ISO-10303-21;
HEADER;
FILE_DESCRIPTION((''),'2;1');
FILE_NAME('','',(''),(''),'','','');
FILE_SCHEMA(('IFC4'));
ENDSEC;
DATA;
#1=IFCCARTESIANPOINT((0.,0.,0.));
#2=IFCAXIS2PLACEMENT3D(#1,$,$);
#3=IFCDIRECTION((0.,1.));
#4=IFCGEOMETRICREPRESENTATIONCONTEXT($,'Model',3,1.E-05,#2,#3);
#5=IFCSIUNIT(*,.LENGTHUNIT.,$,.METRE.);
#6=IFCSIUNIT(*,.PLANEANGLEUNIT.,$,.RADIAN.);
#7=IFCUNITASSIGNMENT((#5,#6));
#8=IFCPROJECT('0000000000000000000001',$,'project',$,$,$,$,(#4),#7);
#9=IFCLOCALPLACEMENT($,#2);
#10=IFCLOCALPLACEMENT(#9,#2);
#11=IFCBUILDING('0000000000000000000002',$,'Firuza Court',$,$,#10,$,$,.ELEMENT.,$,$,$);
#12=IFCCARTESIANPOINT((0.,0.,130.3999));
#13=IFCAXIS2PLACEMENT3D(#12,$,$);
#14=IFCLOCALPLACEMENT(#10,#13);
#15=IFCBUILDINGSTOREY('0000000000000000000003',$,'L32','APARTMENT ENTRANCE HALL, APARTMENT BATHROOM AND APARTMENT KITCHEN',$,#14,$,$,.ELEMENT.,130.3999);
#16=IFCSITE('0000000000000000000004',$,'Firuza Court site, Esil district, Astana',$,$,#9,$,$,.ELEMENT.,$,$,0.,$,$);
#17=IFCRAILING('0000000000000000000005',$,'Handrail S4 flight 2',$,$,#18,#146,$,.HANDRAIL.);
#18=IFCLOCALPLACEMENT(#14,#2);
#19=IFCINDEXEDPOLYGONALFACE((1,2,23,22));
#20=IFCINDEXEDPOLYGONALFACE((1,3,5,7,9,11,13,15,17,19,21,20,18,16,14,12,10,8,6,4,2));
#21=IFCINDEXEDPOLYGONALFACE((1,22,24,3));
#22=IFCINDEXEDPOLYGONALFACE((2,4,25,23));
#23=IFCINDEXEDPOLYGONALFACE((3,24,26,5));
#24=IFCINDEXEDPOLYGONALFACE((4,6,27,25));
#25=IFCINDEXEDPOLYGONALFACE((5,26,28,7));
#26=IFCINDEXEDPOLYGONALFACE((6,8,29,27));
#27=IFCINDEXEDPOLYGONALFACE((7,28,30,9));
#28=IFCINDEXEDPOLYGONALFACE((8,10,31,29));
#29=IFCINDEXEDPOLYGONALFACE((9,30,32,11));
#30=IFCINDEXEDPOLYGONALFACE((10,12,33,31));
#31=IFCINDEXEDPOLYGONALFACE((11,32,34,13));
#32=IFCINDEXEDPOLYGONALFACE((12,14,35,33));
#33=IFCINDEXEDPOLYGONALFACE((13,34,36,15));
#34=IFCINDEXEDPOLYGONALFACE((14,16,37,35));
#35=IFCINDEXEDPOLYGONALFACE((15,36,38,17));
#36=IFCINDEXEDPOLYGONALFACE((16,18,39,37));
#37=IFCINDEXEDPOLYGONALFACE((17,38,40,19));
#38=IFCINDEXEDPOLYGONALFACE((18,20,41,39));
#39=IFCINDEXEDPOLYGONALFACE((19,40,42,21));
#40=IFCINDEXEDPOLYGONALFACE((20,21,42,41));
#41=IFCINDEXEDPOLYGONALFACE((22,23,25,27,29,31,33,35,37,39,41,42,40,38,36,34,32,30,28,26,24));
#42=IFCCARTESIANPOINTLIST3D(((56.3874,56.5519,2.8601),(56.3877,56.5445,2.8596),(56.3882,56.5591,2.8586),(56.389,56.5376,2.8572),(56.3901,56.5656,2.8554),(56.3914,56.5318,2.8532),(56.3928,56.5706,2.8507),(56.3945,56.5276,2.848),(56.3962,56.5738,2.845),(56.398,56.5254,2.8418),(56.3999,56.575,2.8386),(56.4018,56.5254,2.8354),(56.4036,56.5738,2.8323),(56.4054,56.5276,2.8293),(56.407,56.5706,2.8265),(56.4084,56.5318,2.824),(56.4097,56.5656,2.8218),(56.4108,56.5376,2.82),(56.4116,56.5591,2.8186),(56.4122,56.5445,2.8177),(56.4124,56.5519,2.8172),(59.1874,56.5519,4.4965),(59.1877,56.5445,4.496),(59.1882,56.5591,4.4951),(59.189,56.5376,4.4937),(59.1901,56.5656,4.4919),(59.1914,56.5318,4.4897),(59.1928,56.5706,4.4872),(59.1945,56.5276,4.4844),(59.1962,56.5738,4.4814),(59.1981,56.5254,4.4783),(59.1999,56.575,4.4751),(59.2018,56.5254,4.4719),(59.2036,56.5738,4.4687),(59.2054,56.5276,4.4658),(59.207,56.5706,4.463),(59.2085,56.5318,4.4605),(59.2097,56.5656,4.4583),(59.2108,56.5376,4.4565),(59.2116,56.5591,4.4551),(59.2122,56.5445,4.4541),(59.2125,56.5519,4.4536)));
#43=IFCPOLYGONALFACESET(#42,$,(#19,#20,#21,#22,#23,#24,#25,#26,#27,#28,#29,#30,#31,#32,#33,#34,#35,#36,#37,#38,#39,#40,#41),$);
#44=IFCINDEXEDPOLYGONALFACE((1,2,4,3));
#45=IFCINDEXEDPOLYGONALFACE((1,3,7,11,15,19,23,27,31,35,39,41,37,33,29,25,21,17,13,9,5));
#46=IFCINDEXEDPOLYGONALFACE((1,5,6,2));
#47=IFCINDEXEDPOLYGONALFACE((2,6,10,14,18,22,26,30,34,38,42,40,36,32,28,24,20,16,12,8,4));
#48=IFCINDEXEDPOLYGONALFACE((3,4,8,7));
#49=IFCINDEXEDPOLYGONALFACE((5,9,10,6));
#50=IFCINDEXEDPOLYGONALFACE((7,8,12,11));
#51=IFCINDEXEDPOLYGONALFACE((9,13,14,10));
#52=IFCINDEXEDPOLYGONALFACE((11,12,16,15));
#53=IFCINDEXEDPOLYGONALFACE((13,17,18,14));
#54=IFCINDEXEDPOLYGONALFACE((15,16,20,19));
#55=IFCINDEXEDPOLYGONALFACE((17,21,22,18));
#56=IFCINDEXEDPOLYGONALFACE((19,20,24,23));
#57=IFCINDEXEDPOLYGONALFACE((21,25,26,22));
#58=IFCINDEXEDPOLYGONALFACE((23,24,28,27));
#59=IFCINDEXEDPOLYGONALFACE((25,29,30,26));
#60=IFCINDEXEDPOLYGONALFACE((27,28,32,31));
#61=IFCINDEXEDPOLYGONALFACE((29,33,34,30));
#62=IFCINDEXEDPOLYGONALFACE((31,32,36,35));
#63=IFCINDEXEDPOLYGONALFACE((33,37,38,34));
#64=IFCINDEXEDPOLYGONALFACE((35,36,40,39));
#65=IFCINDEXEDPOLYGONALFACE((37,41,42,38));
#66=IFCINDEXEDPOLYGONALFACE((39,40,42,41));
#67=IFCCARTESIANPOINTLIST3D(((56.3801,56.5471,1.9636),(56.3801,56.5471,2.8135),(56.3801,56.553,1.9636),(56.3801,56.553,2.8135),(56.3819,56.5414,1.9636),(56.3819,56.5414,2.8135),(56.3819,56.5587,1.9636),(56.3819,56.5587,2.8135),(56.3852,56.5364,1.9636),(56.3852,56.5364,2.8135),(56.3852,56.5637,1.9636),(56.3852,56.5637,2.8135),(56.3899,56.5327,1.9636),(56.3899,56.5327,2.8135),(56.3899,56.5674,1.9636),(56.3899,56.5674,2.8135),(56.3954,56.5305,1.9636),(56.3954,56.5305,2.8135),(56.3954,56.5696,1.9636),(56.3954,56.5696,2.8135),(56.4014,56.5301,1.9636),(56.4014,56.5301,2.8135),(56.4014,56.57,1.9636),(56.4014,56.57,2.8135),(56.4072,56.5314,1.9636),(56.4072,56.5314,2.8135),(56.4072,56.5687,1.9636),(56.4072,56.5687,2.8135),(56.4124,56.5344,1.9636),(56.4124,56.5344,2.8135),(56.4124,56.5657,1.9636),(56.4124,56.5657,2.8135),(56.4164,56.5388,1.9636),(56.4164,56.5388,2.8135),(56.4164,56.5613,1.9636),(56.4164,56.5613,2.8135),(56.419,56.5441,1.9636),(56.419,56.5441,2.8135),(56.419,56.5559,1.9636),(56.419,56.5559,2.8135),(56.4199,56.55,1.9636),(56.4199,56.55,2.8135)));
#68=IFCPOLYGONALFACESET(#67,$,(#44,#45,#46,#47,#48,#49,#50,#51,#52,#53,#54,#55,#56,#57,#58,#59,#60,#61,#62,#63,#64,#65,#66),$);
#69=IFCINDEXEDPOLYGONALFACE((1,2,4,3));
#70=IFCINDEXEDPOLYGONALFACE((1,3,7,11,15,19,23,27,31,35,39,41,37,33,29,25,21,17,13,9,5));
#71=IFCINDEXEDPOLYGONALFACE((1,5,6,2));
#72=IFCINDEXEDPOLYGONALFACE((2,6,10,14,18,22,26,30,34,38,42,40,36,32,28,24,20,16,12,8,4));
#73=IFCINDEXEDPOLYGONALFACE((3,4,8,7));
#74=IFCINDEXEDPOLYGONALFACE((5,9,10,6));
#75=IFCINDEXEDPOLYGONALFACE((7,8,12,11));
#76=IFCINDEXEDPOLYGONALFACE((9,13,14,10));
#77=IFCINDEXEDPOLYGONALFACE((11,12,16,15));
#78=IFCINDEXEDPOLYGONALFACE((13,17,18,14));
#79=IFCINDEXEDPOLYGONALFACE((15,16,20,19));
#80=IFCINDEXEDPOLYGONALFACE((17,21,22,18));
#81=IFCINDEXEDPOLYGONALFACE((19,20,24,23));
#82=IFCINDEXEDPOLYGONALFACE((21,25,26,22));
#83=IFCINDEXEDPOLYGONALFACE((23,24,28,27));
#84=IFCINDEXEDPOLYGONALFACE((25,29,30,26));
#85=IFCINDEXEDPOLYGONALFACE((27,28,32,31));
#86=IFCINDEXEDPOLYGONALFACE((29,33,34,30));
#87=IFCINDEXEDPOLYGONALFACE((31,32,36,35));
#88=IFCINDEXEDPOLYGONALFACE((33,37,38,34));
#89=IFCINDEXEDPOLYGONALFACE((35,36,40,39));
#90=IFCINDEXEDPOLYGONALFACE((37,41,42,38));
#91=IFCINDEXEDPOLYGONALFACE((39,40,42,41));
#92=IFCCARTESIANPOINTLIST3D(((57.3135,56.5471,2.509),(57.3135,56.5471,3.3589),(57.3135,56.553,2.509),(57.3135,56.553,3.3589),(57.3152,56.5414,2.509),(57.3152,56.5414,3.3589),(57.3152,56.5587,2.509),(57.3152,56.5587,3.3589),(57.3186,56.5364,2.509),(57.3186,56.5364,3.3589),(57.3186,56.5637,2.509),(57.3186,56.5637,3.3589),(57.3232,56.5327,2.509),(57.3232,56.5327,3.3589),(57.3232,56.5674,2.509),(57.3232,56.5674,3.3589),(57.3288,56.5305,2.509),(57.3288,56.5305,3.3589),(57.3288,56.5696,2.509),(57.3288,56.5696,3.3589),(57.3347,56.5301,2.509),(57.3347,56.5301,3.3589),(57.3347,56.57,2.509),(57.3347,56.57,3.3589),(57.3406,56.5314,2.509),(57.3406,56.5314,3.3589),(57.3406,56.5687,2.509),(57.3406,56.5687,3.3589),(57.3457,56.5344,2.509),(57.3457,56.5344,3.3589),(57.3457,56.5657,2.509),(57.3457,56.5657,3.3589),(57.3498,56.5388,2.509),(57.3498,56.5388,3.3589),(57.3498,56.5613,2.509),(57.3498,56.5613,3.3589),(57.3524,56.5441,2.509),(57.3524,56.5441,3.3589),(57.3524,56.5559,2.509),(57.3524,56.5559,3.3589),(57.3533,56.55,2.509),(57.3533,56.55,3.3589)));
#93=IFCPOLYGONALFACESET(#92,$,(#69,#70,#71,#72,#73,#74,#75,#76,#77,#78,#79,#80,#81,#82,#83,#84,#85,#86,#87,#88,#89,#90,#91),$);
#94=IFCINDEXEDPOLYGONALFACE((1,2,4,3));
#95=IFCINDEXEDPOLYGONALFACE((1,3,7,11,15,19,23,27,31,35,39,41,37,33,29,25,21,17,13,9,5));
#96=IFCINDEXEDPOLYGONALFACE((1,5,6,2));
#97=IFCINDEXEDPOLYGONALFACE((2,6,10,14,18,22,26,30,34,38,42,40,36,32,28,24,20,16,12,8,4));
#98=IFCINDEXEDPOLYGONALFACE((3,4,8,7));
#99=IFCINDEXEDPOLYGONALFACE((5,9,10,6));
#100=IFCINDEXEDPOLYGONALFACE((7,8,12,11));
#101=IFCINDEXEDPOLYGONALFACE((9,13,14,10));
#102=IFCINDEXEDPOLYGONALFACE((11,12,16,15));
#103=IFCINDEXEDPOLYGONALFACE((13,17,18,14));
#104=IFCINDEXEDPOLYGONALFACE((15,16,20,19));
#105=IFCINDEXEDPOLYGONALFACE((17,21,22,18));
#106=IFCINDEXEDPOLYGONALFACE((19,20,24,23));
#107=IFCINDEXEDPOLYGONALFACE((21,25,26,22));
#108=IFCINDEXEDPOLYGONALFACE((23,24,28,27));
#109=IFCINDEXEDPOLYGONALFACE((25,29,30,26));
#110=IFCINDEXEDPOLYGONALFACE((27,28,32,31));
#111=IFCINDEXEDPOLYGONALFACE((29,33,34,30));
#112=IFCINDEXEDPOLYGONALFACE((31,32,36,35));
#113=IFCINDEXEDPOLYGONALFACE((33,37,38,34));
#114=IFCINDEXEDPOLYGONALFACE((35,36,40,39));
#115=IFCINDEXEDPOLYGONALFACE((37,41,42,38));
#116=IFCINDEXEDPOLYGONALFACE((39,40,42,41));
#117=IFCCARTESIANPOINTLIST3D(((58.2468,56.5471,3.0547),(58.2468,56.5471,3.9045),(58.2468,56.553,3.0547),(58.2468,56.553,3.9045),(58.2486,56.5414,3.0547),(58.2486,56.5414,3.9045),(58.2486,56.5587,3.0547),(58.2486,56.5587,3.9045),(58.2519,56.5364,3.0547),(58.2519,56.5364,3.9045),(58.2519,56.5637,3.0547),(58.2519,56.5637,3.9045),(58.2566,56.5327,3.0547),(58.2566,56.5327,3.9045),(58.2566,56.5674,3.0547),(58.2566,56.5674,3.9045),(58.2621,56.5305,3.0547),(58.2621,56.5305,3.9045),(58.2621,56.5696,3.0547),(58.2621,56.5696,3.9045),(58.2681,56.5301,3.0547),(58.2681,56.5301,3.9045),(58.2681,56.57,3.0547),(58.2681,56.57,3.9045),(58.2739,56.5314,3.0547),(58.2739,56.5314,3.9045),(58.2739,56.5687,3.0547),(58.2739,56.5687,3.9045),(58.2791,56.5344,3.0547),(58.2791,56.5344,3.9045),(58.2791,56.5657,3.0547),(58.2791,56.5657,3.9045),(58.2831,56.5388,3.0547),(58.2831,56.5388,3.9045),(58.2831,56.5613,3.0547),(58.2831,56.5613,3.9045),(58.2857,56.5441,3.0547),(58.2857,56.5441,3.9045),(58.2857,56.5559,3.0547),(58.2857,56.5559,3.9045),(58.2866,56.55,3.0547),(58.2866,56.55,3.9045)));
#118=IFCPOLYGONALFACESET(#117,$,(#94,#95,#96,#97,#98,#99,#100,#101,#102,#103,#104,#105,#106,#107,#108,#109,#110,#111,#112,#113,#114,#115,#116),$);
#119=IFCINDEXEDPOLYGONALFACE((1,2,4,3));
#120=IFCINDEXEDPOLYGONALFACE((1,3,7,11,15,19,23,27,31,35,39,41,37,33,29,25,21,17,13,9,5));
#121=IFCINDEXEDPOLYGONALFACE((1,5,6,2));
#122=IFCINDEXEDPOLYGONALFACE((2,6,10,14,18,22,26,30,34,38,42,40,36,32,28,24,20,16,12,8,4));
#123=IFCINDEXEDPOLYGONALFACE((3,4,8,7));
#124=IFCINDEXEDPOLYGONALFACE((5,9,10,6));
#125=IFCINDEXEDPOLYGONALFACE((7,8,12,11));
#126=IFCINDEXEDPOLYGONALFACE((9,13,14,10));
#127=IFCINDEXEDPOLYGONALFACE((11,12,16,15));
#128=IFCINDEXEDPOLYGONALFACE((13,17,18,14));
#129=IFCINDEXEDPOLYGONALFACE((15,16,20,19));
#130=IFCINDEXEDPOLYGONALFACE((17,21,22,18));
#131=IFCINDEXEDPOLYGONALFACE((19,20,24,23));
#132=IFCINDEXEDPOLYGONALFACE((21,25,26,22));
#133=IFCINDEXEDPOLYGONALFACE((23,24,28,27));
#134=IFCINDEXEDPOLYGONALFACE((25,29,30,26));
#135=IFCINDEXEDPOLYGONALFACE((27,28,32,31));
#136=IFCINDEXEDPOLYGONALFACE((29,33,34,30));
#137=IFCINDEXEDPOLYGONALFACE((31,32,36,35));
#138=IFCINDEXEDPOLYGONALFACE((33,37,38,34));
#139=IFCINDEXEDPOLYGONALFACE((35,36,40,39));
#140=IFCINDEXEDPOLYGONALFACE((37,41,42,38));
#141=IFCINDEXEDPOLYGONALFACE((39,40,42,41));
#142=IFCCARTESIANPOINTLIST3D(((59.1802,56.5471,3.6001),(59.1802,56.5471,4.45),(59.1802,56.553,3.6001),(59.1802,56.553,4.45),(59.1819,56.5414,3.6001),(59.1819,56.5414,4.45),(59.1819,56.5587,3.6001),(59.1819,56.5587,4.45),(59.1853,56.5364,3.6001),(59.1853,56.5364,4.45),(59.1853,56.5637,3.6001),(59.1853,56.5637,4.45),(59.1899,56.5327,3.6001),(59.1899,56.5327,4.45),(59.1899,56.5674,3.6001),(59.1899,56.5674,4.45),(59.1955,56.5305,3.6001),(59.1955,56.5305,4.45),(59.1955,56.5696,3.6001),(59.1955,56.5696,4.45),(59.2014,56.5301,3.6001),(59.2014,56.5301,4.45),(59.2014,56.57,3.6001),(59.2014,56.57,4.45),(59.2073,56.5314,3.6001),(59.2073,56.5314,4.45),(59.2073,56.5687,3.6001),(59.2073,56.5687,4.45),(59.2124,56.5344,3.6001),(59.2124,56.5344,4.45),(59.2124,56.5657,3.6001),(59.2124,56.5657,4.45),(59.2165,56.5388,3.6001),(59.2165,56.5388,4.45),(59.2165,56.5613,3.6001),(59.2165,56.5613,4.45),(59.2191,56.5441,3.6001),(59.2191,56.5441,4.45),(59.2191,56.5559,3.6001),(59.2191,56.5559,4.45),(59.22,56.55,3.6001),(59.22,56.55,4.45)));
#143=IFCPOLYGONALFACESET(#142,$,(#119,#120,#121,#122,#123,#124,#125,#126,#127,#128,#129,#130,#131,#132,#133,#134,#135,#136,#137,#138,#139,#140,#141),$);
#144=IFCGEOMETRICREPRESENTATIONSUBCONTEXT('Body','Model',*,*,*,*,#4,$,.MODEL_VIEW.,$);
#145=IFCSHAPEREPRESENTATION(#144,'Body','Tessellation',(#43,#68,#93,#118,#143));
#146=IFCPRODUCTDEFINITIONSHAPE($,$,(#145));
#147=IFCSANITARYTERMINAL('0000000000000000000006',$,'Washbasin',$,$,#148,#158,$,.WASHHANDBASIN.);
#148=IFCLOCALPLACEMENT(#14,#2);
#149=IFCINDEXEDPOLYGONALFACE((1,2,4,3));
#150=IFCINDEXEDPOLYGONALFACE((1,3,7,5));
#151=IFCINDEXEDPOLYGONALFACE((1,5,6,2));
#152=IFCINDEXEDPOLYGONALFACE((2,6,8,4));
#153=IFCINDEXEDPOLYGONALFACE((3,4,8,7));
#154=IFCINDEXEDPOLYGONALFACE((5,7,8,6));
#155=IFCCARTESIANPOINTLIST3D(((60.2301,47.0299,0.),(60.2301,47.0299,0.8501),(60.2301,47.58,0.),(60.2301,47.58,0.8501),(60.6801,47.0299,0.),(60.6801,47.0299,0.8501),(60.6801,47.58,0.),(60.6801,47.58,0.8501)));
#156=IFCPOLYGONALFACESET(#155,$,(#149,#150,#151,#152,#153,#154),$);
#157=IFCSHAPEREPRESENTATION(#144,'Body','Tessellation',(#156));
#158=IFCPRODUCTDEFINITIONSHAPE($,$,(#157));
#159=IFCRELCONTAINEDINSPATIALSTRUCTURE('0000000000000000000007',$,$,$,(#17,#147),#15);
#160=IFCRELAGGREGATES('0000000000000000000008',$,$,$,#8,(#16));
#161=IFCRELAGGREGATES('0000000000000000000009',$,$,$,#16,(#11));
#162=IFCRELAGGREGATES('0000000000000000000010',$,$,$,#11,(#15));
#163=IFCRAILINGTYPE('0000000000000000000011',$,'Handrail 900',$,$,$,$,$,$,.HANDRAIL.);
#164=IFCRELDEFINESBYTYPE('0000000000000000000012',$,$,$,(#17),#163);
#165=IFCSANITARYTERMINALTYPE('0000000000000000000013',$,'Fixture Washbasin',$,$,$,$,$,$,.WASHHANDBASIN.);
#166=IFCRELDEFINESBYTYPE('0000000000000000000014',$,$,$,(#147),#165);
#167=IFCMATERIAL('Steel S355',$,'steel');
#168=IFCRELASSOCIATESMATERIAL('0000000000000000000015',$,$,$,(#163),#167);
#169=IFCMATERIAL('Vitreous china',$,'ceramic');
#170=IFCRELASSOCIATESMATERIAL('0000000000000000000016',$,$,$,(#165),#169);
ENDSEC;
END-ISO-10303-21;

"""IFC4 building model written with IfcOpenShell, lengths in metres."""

from ifc_helpers import new_model, si_unit, direction, frame, origin, origin_2d, place, context, subcontext, project, spatial, rectangle, circle, extrude, material, type_object, element, save


model = new_model("IFC4")

# Units and contexts
model_context = context("Model", 3, precision=1e-05, world=origin(), true_north=direction((0.0, 1.0)))
body_context = subcontext(model_context, "Body", "Model", "MODEL_VIEW")
ifc_project = project(units=[si_unit("LENGTHUNIT", "METRE"), si_unit("PLANEANGLEUNIT", "RADIAN")], contexts=[model_context])

# Site, building, storey
site_placement = place(None, origin())
site = spatial("IfcSite", under=ifc_project, at=site_placement, Name="Firuza Court site, Esil district, Astana", CompositionType="ELEMENT", RefElevation=0.0)
building_placement = place(site_placement, origin())
building = spatial("IfcBuilding", under=site, at=building_placement, Name="Firuza Court", CompositionType="ELEMENT")
storey_placement = place(building_placement, frame((0.0, 0.0, 130.3999)))
storey = spatial("IfcBuildingStorey", under=building, at=storey_placement, Name="L32", Description="APARTMENT ENTRANCE HALL, APARTMENT BATHROOM AND APARTMENT KITCHEN", CompositionType="ELEMENT", Elevation=130.3999)

# Railing
ifc_material_1 = material(Name="Steel S355", Category="steel")
railing_type_1 = type_object("IfcRailingType", Name="Handrail 900", PredefinedType="HANDRAIL", material=ifc_material_1)
railing_1_placement = place(storey_placement, frame((56.3999, 56.55, 1.9636)))
element("IfcRailing", 1, at=railing_1_placement, inside=storey, type_object=railing_type_1, Name="Handrail S4 flight 2", PredefinedType="HANDRAIL", context=body_context, shape_type="SweptSolid", body=[
    extrude(circle(Radius=0.0249, at=origin_2d()), frame((0.0, 0.0, 0.875), z_axis=(0.863361, 0.0, 0.504587), x_axis=(0.0, 1.0, 0.0)), (0.0, 0.0, 1.0), 3.2432),
    extrude(circle(Radius=0.02, at=origin_2d()), origin(), (0.0, 0.0, 1.0), 0.8499),
    extrude(circle(Radius=0.02, at=origin_2d()), frame((0.9333, 0.0, 0.5454)), (0.0, 0.0, 1.0), 0.8499),
    extrude(circle(Radius=0.02, at=origin_2d()), frame((1.8667, 0.0, 1.0911)), (0.0, 0.0, 1.0), 0.8499),
    extrude(circle(Radius=0.02, at=origin_2d()), frame((2.8, 0.0, 1.6365)), (0.0, 0.0, 1.0), 0.8499),
])

# Sanitary terminal
ifc_material_2 = material(Name="Vitreous china", Category="ceramic")
sanitary_terminal_type = type_object("IfcSanitaryTerminalType", Name="Fixture Washbasin", PredefinedType="WASHHANDBASIN", material=ifc_material_2)
sanitary_terminal_placement = place(storey_placement, frame((60.4551, 47.3049, 0.0), z_axis=(0.0, 0.0, 1.0), x_axis=(1.0, 0.0, 0.0)))
element("IfcSanitaryTerminal", 2, at=sanitary_terminal_placement, inside=storey, type_object=sanitary_terminal_type, Name="Washbasin", PredefinedType="WASHHANDBASIN", context=body_context, shape_type="SweptSolid", body=[
    extrude(rectangle(XDim=0.45, YDim=0.55, at=origin_2d()), origin(), (0.0, 0.0, 1.0), 0.8501),
])

save(model, "model.ifc")
